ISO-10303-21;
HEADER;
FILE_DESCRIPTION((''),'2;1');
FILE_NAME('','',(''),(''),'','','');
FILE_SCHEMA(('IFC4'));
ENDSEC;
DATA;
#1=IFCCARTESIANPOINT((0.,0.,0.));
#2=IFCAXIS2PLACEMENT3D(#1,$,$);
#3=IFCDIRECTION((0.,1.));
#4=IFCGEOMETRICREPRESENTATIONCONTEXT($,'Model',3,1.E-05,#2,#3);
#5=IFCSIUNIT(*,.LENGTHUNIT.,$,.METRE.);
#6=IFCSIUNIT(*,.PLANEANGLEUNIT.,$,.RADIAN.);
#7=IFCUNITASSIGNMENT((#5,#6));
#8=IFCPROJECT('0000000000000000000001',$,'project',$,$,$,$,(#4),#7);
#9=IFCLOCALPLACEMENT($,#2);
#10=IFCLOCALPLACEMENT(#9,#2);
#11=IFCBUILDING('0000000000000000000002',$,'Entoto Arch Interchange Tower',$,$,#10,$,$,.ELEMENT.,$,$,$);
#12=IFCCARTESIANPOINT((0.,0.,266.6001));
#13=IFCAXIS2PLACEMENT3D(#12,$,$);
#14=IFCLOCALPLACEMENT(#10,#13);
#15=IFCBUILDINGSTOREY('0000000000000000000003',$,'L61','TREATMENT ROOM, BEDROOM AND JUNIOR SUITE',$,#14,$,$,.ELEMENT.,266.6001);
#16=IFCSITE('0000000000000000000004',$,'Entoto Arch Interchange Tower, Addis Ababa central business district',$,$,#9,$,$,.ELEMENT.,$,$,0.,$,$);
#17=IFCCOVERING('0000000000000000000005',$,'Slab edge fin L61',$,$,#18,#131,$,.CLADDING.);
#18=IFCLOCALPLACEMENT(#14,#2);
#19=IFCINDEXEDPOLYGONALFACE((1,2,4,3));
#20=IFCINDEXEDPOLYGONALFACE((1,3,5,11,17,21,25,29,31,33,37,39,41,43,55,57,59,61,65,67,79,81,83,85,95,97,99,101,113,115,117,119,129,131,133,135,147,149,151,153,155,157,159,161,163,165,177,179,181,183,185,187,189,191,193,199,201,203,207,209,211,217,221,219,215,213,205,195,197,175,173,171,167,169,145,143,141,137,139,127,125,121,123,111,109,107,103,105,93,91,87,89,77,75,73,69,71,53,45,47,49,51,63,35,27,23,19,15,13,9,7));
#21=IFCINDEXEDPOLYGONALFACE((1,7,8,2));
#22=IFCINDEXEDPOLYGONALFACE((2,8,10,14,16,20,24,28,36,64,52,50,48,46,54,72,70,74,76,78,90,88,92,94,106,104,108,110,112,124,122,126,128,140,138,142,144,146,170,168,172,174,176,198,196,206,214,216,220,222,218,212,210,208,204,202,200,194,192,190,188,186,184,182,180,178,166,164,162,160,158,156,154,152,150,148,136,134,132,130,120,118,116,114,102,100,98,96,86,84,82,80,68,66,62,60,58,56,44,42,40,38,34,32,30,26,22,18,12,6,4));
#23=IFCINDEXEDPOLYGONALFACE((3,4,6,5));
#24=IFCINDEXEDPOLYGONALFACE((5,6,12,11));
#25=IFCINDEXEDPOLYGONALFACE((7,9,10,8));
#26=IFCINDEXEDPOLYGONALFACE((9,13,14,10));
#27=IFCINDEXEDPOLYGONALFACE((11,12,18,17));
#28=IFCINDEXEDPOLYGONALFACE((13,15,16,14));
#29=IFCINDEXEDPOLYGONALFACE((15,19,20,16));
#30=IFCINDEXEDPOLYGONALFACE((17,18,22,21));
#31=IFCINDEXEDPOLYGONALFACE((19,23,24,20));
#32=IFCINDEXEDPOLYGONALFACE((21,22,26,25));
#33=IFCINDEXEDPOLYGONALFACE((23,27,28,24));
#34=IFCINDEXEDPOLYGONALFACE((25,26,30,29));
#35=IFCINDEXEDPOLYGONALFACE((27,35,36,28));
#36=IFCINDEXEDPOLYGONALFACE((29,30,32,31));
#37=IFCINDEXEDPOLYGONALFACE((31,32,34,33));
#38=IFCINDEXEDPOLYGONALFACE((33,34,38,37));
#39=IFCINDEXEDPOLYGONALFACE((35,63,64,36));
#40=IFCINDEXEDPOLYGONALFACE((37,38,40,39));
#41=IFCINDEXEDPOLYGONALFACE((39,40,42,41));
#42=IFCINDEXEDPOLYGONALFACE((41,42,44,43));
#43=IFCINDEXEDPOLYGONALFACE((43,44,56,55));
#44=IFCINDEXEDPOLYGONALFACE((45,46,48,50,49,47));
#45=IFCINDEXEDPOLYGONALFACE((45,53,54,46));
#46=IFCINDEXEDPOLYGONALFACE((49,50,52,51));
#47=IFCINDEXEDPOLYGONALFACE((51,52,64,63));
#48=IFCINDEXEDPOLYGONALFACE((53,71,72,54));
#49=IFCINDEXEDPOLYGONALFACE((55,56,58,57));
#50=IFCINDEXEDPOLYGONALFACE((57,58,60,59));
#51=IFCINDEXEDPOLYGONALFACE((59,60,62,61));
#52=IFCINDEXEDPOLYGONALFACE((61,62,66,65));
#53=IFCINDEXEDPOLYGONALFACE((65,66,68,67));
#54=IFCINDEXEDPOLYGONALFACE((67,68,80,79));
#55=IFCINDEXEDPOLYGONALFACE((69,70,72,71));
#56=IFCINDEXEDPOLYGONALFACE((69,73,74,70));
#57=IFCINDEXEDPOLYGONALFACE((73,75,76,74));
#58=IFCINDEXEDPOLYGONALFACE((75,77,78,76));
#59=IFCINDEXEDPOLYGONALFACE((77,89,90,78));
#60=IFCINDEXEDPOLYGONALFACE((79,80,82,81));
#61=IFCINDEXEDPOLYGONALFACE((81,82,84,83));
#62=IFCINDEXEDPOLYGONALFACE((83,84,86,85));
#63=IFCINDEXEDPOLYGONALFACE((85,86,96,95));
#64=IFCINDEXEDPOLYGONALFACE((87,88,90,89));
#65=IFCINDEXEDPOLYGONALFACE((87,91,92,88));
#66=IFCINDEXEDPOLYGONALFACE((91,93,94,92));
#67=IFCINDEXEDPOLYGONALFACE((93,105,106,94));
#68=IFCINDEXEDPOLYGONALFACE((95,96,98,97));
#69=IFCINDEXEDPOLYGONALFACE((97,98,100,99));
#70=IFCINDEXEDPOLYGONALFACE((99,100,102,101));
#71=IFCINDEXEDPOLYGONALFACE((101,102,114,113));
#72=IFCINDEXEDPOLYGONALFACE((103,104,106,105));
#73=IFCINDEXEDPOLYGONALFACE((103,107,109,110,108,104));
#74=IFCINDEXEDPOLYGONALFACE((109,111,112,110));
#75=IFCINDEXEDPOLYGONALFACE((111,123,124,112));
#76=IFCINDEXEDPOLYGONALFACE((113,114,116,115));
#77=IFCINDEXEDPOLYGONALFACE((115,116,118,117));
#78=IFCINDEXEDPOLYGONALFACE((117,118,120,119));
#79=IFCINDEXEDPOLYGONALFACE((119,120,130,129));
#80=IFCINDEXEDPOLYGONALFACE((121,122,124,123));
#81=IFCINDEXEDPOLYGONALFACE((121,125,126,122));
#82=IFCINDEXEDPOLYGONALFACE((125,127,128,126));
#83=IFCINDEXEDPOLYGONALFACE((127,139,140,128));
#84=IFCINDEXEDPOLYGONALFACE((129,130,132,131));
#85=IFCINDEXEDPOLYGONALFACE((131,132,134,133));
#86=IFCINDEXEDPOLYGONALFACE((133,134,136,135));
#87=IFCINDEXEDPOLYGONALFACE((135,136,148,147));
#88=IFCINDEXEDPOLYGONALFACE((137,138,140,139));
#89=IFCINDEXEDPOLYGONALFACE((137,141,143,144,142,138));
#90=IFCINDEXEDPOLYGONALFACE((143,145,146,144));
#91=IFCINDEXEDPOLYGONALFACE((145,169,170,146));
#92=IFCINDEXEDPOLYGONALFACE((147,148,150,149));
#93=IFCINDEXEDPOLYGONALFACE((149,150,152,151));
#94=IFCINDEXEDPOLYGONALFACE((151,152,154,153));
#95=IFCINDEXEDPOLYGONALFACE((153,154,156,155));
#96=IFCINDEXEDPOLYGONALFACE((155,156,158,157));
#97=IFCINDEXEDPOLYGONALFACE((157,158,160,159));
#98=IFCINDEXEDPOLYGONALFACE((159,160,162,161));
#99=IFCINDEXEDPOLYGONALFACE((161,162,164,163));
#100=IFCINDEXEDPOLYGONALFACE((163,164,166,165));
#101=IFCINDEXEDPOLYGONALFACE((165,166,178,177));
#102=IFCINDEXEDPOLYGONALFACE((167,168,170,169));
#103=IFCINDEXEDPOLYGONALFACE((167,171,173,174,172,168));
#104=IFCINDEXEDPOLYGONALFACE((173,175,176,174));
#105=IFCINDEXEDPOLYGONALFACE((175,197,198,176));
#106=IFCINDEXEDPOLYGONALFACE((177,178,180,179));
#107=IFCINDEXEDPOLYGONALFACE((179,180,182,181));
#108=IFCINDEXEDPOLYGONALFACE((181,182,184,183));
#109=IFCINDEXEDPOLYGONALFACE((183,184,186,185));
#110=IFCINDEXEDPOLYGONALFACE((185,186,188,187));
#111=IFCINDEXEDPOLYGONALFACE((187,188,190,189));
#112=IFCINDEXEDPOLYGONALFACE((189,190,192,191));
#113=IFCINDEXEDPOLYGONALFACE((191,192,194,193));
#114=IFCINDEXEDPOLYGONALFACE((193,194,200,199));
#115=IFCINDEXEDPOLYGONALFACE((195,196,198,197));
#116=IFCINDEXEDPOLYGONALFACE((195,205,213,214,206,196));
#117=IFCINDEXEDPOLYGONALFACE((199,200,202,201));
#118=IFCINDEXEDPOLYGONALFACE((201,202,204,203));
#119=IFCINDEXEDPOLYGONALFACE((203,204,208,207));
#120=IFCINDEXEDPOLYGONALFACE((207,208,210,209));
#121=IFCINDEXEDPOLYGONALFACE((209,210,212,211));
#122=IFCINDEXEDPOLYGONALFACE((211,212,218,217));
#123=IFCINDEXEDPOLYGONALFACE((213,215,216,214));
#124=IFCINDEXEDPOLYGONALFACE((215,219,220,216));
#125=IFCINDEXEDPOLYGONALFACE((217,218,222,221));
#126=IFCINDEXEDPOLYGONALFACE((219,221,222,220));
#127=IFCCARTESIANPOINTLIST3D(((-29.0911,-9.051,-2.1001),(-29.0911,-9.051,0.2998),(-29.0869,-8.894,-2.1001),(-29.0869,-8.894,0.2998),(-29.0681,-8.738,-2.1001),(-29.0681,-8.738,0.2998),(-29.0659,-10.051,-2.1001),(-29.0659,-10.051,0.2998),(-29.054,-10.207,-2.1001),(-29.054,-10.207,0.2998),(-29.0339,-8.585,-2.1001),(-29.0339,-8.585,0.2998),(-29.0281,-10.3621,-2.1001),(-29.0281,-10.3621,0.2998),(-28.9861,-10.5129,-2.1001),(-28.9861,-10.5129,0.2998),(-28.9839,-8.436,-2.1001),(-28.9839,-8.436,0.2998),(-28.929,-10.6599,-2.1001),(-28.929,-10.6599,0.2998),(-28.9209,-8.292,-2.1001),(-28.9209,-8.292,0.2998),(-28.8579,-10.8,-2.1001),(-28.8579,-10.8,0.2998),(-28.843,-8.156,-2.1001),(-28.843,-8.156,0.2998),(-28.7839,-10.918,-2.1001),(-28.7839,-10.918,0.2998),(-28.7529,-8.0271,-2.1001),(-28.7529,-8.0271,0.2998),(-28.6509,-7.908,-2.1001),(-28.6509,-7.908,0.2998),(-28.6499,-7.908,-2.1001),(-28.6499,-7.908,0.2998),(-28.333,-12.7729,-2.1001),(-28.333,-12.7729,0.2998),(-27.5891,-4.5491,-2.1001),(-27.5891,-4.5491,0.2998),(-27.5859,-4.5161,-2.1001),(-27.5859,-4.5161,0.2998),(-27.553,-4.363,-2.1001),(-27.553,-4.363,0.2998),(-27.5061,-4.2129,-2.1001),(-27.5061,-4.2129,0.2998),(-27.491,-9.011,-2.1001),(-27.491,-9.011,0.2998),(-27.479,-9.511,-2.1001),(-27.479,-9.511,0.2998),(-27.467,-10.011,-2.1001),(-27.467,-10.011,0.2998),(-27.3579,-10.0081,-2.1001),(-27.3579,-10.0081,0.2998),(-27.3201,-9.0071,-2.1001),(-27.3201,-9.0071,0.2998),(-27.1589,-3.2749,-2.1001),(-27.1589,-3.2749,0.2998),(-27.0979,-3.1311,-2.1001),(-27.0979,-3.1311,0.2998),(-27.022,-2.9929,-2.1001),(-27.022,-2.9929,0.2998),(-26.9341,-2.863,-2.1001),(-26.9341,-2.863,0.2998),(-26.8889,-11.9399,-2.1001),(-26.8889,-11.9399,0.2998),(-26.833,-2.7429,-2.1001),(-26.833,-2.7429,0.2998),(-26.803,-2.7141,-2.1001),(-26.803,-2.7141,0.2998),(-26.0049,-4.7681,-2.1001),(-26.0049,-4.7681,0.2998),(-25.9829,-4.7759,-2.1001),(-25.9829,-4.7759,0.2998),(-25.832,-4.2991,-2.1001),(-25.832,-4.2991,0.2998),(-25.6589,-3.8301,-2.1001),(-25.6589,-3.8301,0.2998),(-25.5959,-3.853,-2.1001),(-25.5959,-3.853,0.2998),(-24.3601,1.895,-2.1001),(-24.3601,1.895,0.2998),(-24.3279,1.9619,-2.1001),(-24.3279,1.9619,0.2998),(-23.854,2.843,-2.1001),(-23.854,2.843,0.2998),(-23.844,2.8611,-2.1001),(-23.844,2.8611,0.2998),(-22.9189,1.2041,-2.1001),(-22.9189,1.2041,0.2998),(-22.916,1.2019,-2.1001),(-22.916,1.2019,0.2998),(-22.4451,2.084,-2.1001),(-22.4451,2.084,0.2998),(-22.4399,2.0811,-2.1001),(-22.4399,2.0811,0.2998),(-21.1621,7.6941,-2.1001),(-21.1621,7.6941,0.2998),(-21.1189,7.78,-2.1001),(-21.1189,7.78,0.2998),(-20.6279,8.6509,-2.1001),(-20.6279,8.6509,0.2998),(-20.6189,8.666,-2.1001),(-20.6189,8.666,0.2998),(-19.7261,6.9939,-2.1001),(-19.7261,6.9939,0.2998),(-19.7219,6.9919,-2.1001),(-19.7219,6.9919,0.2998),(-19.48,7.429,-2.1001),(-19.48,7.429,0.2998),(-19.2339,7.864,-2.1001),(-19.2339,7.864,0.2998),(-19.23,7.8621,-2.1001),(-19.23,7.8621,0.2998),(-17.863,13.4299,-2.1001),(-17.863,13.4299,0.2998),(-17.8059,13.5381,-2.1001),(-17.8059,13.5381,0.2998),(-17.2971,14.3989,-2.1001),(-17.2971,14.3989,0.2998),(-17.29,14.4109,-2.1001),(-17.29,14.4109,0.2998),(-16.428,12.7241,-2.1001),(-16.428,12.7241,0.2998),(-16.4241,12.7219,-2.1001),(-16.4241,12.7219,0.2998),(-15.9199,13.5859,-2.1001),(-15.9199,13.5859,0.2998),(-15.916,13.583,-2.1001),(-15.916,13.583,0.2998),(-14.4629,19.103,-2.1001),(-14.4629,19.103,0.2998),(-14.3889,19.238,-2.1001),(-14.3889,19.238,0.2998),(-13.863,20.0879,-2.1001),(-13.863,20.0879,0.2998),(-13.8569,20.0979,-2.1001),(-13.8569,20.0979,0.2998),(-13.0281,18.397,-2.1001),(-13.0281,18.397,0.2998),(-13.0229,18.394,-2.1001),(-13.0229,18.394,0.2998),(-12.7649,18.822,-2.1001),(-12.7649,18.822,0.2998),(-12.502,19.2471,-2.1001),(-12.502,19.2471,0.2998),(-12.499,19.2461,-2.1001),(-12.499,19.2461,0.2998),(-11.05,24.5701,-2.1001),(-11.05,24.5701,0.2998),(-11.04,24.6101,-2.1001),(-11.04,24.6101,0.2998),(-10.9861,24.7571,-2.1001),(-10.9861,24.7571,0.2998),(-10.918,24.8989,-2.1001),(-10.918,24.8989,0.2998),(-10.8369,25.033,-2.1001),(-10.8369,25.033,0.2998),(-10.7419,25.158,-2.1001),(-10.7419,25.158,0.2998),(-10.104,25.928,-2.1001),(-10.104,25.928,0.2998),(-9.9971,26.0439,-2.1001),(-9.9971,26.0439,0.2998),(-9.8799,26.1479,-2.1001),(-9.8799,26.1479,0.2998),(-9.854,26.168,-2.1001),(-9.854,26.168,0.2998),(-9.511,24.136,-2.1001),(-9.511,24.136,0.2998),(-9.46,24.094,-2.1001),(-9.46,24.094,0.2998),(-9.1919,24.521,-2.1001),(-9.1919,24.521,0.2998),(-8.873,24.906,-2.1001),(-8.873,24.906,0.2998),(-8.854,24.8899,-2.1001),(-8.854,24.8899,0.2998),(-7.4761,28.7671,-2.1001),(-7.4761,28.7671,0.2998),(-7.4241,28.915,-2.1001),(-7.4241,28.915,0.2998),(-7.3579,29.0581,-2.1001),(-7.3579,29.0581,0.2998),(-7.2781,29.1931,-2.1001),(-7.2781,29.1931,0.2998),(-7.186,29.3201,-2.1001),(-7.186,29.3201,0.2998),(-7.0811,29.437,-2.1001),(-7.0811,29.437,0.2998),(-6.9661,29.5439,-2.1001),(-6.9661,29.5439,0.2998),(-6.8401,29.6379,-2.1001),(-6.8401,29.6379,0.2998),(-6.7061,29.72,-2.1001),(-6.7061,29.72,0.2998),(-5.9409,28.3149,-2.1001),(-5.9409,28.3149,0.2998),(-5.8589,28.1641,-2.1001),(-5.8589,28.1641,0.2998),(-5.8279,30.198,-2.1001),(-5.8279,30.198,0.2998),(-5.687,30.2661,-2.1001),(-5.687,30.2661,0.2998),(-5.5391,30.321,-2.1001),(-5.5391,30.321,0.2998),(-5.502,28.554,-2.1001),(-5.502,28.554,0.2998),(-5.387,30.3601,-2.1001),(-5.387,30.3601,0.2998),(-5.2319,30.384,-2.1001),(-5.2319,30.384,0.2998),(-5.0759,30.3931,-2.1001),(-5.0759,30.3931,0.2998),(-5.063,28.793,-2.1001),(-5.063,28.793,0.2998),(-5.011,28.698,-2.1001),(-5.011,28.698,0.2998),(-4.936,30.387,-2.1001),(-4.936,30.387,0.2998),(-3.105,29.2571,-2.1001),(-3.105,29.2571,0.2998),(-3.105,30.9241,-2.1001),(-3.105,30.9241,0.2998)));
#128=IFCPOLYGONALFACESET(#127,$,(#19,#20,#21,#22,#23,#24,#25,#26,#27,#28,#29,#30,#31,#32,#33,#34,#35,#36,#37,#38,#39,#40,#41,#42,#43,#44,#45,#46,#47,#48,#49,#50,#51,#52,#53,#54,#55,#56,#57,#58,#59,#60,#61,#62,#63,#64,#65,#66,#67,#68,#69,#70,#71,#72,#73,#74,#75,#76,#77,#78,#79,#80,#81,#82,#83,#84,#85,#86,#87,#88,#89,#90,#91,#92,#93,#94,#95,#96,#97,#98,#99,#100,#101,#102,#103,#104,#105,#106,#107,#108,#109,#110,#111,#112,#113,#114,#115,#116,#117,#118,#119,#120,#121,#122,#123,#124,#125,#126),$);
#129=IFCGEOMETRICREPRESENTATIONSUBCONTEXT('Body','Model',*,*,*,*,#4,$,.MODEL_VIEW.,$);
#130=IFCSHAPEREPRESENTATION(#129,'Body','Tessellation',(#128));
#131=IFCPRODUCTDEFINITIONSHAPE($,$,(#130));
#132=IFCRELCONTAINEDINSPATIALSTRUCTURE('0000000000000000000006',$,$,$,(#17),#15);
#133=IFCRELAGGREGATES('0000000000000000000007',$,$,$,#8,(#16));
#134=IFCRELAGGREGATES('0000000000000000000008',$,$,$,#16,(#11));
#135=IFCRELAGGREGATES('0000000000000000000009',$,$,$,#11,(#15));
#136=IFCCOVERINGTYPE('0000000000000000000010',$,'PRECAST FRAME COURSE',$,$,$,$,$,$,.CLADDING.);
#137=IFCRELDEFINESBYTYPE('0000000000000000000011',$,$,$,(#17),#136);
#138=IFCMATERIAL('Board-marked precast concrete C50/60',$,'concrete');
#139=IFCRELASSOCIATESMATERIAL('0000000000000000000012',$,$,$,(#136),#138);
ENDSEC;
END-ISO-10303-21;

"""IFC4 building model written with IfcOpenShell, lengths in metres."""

from ifc_helpers import new_model, si_unit, direction, frame, origin, place, context, subcontext, project, spatial, polyline, outline, extrude, material, type_object, element, save


model = new_model("IFC4")

# Units and contexts
model_context = context("Model", 3, precision=1e-05, world=origin(), true_north=direction((0.0, 1.0)))
body_context = subcontext(model_context, "Body", "Model", "MODEL_VIEW")
ifc_project = project(units=[si_unit("LENGTHUNIT", "METRE"), si_unit("PLANEANGLEUNIT", "RADIAN")], contexts=[model_context])

# Site, building, storey
site_placement = place(None, origin())
site = spatial("IfcSite", under=ifc_project, at=site_placement, Name="Entoto Arch Interchange Tower, Addis Ababa central business district", CompositionType="ELEMENT", RefElevation=0.0)
building_placement = place(site_placement, origin())
building = spatial("IfcBuilding", under=site, at=building_placement, Name="Entoto Arch Interchange Tower", CompositionType="ELEMENT")
storey_placement = place(building_placement, frame((0.0, 0.0, 266.6001)))
storey = spatial("IfcBuildingStorey", under=building, at=storey_placement, Name="L61", Description="TREATMENT ROOM, BEDROOM AND JUNIOR SUITE", CompositionType="ELEMENT", Elevation=266.6001)

# Covering
ifc_material_1 = material(Name="Board-marked precast concrete C50/60", Category="concrete")
covering_type = type_object("IfcCoveringType", Name="PRECAST FRAME COURSE", PredefinedType="CLADDING", material=ifc_material_1)
covering_1_placement = place(storey_placement, frame((0.0, 0.0, -2.1001)))
element("IfcCovering", 1, at=covering_1_placement, inside=storey, type_object=covering_type, Name="Slab edge fin L61", PredefinedType="CLADDING", context=body_context, shape_type="SweptSolid", body=[
    extrude(outline(polyline([(-29.054, -10.207), (-29.0659, -10.051), (-29.0911, -9.051), (-29.0869, -8.894), (-29.0681, -8.738), (-29.0339, -8.585), (-28.9839, -8.436), (-28.9209, -8.292), (-28.843, -8.156), (-28.7529, -8.0271), (-28.6509, -7.908), (-28.6499, -7.908), (-27.5891, -4.5491), (-27.5859, -4.5161), (-27.553, -4.363), (-27.5061, -4.2129), (-27.1589, -3.2749), (-27.0979, -3.1311), (-27.022, -2.9929), (-26.9341, -2.863), (-26.833, -2.7429), (-26.803, -2.7141), (-24.3601, 1.895), (-24.3279, 1.9619), (-23.854, 2.843), (-23.844, 2.8611), (-21.1621, 7.6941), (-21.1189, 7.78), (-20.6279, 8.6509), (-20.6189, 8.666), (-17.863, 13.4299), (-17.8059, 13.5381), (-17.2971, 14.3989), (-17.29, 14.4109), (-14.4629, 19.103), (-14.3889, 19.238), (-13.863, 20.0879), (-13.8569, 20.0979), (-11.05, 24.5701), (-11.04, 24.6101), (-10.9861, 24.7571), (-10.918, 24.8989), (-10.8369, 25.033), (-10.7419, 25.158), (-10.104, 25.928), (-9.9971, 26.0439), (-9.8799, 26.1479), (-9.854, 26.168), (-7.4761, 28.7671), (-7.4761, 28.7671), (-7.4241, 28.915), (-7.3579, 29.0581), (-7.2781, 29.1931), (-7.186, 29.3201), (-7.0811, 29.437), (-6.9661, 29.5439), (-6.8401, 29.6379), (-6.7061, 29.72), (-5.8279, 30.198), (-5.687, 30.2661), (-5.5391, 30.321), (-5.387, 30.3601), (-5.2319, 30.384), (-5.0759, 30.3931), (-4.936, 30.387), (-3.105, 30.9241), (-3.105, 29.2571), (-5.011, 28.698), (-5.063, 28.793), (-5.502, 28.554), (-5.9409, 28.3149), (-5.8589, 28.1641), (-8.854, 24.8899), (-8.873, 24.906), (-9.1919, 24.521), (-9.511, 24.136), (-9.46, 24.094), (-12.499, 19.2461), (-12.502, 19.2471), (-12.7649, 18.822), (-13.0281, 18.397), (-13.0229, 18.394), (-15.916, 13.583), (-15.9199, 13.5859), (-16.428, 12.7241), (-16.4241, 12.7219), (-19.23, 7.8621), (-19.2339, 7.864), (-19.48, 7.429), (-19.7261, 6.9939), (-19.7219, 6.9919), (-22.4399, 2.0811), (-22.4451, 2.084), (-22.9189, 1.2041), (-22.916, 1.2019), (-25.5959, -3.853), (-25.6589, -3.8301), (-25.832, -4.2991), (-26.0049, -4.7681), (-25.9829, -4.7759), (-27.3201, -9.0071), (-27.491, -9.011), (-27.479, -9.511), (-27.467, -10.011), (-27.3579, -10.0081), (-26.8889, -11.9399), (-28.333, -12.7729), (-28.7839, -10.918), (-28.8579, -10.8), (-28.929, -10.6599), (-28.9861, -10.5129), (-29.0281, -10.3621), (-29.054, -10.207)])), origin(), (0.0, 0.0, 1.0), 2.3999),
])

save(model, "model.ifc")
